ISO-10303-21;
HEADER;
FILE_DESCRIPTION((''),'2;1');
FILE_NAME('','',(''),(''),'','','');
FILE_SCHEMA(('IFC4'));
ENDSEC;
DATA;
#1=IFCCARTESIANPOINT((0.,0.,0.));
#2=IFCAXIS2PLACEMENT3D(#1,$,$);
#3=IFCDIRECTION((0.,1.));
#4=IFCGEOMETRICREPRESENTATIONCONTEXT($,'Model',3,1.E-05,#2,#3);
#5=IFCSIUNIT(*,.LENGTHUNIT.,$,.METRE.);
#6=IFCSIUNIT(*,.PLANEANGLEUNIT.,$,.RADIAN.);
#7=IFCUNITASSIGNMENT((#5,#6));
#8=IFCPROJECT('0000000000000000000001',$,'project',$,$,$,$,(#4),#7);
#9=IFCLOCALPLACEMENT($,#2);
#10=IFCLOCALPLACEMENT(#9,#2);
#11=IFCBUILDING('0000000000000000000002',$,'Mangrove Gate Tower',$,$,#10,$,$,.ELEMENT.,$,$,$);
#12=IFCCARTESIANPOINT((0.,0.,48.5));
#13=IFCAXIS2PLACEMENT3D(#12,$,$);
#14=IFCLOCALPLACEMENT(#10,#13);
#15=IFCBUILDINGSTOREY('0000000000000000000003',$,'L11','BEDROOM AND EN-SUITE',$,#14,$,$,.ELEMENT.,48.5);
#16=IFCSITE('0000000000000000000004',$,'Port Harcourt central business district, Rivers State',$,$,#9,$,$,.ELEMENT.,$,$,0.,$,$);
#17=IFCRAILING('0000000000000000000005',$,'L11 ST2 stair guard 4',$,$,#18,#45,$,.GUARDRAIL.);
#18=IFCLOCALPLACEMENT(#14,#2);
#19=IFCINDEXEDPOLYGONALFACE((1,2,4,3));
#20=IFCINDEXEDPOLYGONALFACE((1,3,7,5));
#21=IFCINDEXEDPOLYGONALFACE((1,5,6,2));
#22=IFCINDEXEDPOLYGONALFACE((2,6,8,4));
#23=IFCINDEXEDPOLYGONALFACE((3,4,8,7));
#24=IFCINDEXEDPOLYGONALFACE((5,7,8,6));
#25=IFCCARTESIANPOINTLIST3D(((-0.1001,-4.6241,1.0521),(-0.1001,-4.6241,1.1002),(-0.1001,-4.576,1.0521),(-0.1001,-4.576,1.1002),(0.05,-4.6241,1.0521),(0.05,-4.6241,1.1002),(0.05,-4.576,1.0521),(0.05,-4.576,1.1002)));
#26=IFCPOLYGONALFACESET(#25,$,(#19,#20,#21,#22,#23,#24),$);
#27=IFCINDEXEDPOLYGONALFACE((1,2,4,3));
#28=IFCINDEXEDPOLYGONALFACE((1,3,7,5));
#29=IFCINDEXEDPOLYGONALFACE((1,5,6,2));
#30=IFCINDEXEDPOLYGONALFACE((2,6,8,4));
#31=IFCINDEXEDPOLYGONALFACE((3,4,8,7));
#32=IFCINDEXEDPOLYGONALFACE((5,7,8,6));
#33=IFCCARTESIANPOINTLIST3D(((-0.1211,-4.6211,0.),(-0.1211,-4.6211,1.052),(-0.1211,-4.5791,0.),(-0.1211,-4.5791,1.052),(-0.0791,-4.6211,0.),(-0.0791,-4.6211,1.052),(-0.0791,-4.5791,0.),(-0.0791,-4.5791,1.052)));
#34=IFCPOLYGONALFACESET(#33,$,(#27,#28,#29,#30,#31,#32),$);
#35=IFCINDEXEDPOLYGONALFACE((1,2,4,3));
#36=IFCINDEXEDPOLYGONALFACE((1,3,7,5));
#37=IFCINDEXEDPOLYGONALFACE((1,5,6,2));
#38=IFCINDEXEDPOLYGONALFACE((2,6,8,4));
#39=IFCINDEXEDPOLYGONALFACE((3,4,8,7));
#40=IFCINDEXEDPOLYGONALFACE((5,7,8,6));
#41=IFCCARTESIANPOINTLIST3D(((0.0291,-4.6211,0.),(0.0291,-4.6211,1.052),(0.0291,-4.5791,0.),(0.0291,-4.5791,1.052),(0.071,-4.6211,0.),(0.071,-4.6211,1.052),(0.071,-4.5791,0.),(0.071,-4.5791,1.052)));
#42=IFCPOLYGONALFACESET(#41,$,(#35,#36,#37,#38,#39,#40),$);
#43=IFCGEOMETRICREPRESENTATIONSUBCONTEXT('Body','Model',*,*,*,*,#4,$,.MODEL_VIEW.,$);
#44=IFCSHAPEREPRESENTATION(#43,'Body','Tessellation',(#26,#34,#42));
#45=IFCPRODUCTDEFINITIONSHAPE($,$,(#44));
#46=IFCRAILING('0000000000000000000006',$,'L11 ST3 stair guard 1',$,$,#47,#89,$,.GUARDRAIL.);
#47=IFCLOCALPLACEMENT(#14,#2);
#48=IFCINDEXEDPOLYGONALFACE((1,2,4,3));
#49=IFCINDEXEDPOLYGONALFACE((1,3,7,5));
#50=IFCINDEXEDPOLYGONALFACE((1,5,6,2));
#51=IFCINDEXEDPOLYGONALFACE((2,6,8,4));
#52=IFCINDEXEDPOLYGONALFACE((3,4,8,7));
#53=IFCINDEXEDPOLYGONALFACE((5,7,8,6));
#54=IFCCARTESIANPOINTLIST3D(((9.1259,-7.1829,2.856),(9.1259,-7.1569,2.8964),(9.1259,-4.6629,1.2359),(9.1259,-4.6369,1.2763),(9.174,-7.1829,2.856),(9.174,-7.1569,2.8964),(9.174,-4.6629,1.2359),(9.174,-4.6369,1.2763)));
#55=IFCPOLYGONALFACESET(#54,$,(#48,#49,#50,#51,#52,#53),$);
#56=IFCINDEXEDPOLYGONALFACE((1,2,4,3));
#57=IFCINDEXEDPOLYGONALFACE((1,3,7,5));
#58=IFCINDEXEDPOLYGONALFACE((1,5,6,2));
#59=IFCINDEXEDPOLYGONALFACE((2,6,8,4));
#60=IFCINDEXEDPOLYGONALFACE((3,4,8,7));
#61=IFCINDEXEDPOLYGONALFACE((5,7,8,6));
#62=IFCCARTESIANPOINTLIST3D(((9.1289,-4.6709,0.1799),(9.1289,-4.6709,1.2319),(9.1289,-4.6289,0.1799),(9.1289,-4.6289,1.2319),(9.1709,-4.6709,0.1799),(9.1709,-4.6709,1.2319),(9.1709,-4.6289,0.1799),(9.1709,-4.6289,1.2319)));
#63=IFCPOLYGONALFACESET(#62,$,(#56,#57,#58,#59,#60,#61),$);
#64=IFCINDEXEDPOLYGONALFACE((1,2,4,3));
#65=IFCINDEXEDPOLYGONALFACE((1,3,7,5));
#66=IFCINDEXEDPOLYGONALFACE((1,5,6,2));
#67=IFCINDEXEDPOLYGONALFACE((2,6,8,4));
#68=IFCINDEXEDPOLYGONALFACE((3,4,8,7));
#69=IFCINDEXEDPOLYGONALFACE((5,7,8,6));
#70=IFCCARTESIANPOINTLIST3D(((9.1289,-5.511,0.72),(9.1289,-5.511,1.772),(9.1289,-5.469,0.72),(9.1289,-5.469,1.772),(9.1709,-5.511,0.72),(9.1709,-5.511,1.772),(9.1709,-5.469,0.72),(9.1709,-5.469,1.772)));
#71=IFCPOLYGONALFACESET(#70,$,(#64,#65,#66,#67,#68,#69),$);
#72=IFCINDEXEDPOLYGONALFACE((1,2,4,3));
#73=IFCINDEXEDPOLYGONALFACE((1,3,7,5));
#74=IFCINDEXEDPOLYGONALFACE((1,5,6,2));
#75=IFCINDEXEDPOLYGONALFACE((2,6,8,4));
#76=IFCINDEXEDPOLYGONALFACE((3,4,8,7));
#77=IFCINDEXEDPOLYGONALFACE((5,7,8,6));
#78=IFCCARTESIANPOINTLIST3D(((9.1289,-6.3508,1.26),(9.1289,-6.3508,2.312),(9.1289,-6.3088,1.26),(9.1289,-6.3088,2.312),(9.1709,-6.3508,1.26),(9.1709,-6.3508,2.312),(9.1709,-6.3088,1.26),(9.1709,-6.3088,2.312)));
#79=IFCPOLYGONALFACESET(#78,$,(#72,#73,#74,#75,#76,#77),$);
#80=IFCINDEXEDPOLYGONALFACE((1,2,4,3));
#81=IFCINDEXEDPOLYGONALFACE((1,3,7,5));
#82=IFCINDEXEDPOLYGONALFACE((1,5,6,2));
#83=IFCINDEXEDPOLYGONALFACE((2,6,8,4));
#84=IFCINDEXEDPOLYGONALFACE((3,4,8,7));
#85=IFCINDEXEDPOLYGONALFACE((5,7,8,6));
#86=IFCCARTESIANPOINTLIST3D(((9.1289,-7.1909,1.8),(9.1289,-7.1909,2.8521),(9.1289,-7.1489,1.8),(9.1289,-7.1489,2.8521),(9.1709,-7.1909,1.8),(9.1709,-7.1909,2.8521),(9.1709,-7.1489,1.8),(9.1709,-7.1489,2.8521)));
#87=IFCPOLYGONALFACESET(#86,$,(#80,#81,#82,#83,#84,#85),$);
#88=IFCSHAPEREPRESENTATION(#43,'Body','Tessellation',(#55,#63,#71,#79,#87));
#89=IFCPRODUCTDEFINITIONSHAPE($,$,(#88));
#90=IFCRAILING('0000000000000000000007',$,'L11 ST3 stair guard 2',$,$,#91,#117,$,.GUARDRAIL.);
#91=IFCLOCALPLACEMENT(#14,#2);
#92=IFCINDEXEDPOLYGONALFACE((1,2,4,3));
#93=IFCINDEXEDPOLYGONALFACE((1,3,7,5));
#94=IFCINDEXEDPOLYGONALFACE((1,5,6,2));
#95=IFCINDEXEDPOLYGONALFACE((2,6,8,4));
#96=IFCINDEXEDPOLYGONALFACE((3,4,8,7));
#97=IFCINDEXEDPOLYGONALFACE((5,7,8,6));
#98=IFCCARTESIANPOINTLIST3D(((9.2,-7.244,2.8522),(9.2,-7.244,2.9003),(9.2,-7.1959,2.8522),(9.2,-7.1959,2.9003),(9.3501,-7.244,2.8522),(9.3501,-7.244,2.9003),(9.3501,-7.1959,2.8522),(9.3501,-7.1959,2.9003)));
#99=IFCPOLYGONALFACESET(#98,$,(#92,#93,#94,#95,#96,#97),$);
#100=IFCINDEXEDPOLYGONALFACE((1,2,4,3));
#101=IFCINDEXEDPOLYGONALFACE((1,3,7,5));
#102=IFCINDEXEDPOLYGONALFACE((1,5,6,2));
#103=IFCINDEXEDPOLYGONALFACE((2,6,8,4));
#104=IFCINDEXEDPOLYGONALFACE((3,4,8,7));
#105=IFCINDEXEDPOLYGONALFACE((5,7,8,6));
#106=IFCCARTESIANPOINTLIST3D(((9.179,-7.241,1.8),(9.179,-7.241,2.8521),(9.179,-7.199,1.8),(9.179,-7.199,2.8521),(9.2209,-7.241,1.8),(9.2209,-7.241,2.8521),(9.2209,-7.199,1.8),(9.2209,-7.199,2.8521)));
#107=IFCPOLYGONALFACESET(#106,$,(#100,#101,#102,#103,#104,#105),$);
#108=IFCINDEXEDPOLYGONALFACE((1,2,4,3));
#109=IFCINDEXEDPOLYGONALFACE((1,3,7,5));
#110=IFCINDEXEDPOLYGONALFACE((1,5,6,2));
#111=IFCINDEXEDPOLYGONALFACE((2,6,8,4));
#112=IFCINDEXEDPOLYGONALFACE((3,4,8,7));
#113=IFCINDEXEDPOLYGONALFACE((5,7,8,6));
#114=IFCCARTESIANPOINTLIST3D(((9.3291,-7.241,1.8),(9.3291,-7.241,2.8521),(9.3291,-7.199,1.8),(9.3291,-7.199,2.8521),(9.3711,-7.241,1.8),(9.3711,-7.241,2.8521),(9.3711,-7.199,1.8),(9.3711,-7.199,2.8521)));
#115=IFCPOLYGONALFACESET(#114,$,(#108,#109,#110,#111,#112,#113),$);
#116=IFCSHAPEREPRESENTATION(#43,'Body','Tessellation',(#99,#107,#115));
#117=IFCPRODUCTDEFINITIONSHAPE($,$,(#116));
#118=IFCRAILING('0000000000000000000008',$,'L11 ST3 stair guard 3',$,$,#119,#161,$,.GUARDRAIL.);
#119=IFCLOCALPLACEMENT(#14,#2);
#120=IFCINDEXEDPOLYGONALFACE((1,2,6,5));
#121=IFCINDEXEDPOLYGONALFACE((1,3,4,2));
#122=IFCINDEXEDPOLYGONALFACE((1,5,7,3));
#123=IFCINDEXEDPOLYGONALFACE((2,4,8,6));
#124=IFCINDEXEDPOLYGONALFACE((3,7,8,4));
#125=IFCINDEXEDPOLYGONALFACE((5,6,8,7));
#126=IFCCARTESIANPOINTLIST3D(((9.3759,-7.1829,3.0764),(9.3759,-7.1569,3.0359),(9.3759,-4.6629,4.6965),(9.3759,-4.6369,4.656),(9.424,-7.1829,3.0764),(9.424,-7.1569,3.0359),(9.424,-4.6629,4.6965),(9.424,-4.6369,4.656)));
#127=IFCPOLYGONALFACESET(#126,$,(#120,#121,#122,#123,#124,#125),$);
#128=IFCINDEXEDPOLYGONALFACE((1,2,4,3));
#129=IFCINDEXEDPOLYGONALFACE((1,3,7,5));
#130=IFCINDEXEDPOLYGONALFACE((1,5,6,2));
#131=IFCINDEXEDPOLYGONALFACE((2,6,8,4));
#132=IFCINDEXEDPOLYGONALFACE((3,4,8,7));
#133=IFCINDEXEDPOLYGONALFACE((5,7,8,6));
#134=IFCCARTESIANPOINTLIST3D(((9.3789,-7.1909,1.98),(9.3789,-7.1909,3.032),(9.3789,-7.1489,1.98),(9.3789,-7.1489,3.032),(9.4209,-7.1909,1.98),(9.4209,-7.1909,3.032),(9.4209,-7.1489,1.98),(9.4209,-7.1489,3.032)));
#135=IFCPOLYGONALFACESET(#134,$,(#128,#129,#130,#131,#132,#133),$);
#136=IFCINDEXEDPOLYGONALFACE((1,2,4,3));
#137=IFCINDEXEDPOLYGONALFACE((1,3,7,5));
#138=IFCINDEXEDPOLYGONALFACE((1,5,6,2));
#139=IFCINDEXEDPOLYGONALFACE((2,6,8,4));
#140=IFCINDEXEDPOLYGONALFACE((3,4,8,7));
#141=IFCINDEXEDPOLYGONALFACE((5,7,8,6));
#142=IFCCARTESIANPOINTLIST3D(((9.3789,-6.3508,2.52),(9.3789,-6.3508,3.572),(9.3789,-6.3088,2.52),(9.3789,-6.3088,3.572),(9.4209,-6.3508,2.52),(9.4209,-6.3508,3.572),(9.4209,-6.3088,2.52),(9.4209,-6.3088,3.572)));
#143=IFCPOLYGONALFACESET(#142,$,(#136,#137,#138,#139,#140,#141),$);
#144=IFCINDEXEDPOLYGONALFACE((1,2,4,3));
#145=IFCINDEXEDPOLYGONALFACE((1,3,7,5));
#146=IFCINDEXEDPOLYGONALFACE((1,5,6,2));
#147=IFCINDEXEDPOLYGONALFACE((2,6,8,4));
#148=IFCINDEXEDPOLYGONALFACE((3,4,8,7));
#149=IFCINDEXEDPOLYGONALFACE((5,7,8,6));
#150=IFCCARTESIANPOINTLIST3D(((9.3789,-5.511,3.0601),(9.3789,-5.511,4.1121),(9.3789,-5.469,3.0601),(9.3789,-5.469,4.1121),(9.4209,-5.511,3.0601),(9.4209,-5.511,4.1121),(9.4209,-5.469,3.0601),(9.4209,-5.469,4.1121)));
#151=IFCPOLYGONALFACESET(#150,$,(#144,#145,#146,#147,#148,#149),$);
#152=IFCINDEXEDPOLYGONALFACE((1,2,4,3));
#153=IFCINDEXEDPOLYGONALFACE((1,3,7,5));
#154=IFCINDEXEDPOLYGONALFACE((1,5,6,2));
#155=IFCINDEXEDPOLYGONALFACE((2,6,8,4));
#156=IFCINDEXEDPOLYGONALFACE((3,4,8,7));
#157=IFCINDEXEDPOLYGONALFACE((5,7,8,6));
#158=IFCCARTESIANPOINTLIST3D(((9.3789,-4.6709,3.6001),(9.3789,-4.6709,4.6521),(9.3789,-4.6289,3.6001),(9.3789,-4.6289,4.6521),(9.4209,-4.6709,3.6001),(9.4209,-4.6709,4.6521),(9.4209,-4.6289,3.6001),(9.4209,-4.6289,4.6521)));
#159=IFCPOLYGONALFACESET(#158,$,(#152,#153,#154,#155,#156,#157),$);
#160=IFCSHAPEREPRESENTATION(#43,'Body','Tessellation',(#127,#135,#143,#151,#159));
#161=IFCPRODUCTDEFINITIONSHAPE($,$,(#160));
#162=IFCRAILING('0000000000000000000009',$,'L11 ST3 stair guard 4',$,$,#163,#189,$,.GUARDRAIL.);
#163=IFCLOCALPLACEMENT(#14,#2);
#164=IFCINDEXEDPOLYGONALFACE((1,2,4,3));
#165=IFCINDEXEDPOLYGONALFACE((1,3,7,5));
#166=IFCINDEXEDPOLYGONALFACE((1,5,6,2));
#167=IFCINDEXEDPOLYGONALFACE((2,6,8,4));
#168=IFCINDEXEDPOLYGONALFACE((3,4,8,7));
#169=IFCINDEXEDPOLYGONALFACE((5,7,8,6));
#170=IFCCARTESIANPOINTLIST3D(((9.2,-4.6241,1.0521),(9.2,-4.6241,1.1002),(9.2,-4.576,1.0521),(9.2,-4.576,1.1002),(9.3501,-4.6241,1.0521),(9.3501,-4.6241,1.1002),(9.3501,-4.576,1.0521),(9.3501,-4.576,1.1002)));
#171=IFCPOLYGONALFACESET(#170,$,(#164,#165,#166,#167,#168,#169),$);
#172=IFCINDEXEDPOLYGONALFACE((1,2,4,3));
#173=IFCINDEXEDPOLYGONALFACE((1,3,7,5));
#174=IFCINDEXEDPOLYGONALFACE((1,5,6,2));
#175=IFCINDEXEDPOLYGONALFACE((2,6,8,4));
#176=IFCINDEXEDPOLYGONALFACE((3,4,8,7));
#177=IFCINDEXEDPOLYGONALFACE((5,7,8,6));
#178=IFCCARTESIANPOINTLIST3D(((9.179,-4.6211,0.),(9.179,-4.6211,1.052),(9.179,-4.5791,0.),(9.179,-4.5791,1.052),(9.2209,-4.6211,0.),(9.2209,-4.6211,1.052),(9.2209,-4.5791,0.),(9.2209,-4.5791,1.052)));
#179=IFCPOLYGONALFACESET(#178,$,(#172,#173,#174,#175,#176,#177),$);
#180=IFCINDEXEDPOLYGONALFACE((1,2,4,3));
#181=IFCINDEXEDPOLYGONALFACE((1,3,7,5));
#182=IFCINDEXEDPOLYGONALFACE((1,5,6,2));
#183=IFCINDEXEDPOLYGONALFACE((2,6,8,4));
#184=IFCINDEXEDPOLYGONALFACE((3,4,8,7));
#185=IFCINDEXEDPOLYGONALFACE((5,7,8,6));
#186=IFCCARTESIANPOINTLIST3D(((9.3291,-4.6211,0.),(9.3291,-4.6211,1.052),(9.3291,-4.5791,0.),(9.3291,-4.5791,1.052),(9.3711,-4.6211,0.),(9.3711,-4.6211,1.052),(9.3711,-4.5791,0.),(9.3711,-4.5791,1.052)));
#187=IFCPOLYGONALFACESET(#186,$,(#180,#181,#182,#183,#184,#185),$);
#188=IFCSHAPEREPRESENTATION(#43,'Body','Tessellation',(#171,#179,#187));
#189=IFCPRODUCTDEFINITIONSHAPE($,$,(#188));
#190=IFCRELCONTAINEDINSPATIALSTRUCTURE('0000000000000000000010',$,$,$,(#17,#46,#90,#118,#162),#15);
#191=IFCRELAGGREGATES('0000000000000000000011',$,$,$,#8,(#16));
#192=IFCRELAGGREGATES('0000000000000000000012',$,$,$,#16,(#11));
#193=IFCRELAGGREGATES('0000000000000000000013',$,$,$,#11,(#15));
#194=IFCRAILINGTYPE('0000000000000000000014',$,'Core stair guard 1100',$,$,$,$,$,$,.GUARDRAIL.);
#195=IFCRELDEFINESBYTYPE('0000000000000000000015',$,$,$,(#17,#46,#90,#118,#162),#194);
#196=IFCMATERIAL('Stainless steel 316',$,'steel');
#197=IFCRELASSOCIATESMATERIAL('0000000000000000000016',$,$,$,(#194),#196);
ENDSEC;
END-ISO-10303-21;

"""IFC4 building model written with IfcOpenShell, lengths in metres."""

from ifc_helpers import new_model, si_unit, direction, frame, origin, origin_2d, place, context, subcontext, project, spatial, rectangle, extrude, material, type_object, element, save


model = new_model("IFC4")

# Units and contexts
model_context = context("Model", 3, precision=1e-05, world=origin(), true_north=direction((0.0, 1.0)))
body_context = subcontext(model_context, "Body", "Model", "MODEL_VIEW")
ifc_project = project(units=[si_unit("LENGTHUNIT", "METRE"), si_unit("PLANEANGLEUNIT", "RADIAN")], contexts=[model_context])

# Site, building, storey
site_placement = place(None, origin())
site = spatial("IfcSite", under=ifc_project, at=site_placement, Name="Port Harcourt central business district, Rivers State", CompositionType="ELEMENT", RefElevation=0.0)
building_placement = place(site_placement, origin())
building = spatial("IfcBuilding", under=site, at=building_placement, Name="Mangrove Gate Tower", CompositionType="ELEMENT")
storey_placement = place(building_placement, frame((0.0, 0.0, 48.5)))
storey = spatial("IfcBuildingStorey", under=building, at=storey_placement, Name="L11", Description="BEDROOM AND EN-SUITE", CompositionType="ELEMENT", Elevation=48.5)

# Railings
ifc_material_1 = material(Name="Stainless steel 316", Category="steel")
railing_type_1 = type_object("IfcRailingType", Name="Core stair guard 1100", PredefinedType="GUARDRAIL", material=ifc_material_1)
railing_1_placement = place(storey_placement, frame((-0.1001, -4.6001, 0.0)))
element("IfcRailing", 1, at=railing_1_placement, inside=storey, type_object=railing_type_1, Name="L11 ST2 stair guard 4", PredefinedType="GUARDRAIL", context=body_context, shape_type="SweptSolid", body=[
    extrude(rectangle(XDim=0.0481, YDim=0.0481, at=origin_2d()), frame((0.0, 0.0, 1.0762), z_axis=(1.0, 0.0, 0.0), x_axis=(0.0, 1.0, 0.0)), (0.0, 0.0, 1.0), 0.1501),
    extrude(rectangle(XDim=0.042, YDim=0.042, at=origin_2d()), origin(), (0.0, 0.0, 1.0), 1.052),
    extrude(rectangle(XDim=0.042, YDim=0.042, at=origin_2d()), frame((0.1501, 0.0, 0.0)), (0.0, 0.0, 1.0), 1.052),
])
railing_2_placement = place(storey_placement, frame((9.1499, -4.6499, 0.1799)))
element("IfcRailing", 2, at=railing_2_placement, inside=storey, type_object=railing_type_1, Name="L11 ST3 stair guard 1", PredefinedType="GUARDRAIL", context=body_context, shape_type="SweptSolid", body=[
    extrude(rectangle(XDim=0.0481, YDim=0.0481, at=origin_2d()), frame((0.0, 0.0, 1.0762), z_axis=(0.0, -0.841163, 0.540782), x_axis=(1.0, 0.0, 0.0)), (0.0, 0.0, 1.0), 2.9958),
    extrude(rectangle(XDim=0.042, YDim=0.042, at=origin_2d()), origin(), (0.0, 0.0, 1.0), 1.052),
    extrude(rectangle(XDim=0.042, YDim=0.042, at=origin_2d()), frame((0.0, -0.8401, 0.54)), (0.0, 0.0, 1.0), 1.052),
    extrude(rectangle(XDim=0.042, YDim=0.042, at=origin_2d()), frame((0.0, -1.6799, 1.0801)), (0.0, 0.0, 1.0), 1.052),
    extrude(rectangle(XDim=0.042, YDim=0.042, at=origin_2d()), frame((0.0, -2.52, 1.6201)), (0.0, 0.0, 1.0), 1.052),
])
railing_3_placement = place(storey_placement, frame((9.2, -7.22, 1.8)))
element("IfcRailing", 3, at=railing_3_placement, inside=storey, type_object=railing_type_1, Name="L11 ST3 stair guard 2", PredefinedType="GUARDRAIL", context=body_context, shape_type="SweptSolid", body=[
    extrude(rectangle(XDim=0.0481, YDim=0.0481, at=origin_2d()), frame((0.0, 0.0, 1.0762), z_axis=(1.0, 0.0, 0.0), x_axis=(0.0, 1.0, 0.0)), (0.0, 0.0, 1.0), 0.1501),
    extrude(rectangle(XDim=0.042, YDim=0.042, at=origin_2d()), origin(), (0.0, 0.0, 1.0), 1.052),
    extrude(rectangle(XDim=0.042, YDim=0.042, at=origin_2d()), frame((0.1501, 0.0, 0.0)), (0.0, 0.0, 1.0), 1.052),
])
railing_4_placement = place(storey_placement, frame((9.3999, -7.1699, 1.98)))
element("IfcRailing", 4, at=railing_4_placement, inside=storey, type_object=railing_type_1, Name="L11 ST3 stair guard 3", PredefinedType="GUARDRAIL", context=body_context, shape_type="SweptSolid", body=[
    extrude(rectangle(XDim=0.0481, YDim=0.0481, at=origin_2d()), frame((0.0, 0.0, 1.0762), z_axis=(0.0, 0.841163, 0.540782), x_axis=(-1.0, 0.0, 0.0)), (0.0, 0.0, 1.0), 2.9958),
    extrude(rectangle(XDim=0.042, YDim=0.042, at=origin_2d()), origin(), (0.0, 0.0, 1.0), 1.052),
    extrude(rectangle(XDim=0.042, YDim=0.042, at=origin_2d()), frame((0.0, 0.8401, 0.54)), (0.0, 0.0, 1.0), 1.052),
    extrude(rectangle(XDim=0.042, YDim=0.042, at=origin_2d()), frame((0.0, 1.6799, 1.0801)), (0.0, 0.0, 1.0), 1.052),
    extrude(rectangle(XDim=0.042, YDim=0.042, at=origin_2d()), frame((0.0, 2.52, 1.6201)), (0.0, 0.0, 1.0), 1.052),
])
railing_5_placement = place(storey_placement, frame((9.2, -4.6001, 0.0)))
element("IfcRailing", 5, at=railing_5_placement, inside=storey, type_object=railing_type_1, Name="L11 ST3 stair guard 4", PredefinedType="GUARDRAIL", context=body_context, shape_type="SweptSolid", body=[
    extrude(rectangle(XDim=0.0481, YDim=0.0481, at=origin_2d()), frame((0.0, 0.0, 1.0762), z_axis=(1.0, 0.0, 0.0), x_axis=(0.0, 1.0, 0.0)), (0.0, 0.0, 1.0), 0.1501),
    extrude(rectangle(XDim=0.042, YDim=0.042, at=origin_2d()), origin(), (0.0, 0.0, 1.0), 1.052),
    extrude(rectangle(XDim=0.042, YDim=0.042, at=origin_2d()), frame((0.1501, 0.0, 0.0)), (0.0, 0.0, 1.0), 1.052),
])

save(model, "model.ifc")
